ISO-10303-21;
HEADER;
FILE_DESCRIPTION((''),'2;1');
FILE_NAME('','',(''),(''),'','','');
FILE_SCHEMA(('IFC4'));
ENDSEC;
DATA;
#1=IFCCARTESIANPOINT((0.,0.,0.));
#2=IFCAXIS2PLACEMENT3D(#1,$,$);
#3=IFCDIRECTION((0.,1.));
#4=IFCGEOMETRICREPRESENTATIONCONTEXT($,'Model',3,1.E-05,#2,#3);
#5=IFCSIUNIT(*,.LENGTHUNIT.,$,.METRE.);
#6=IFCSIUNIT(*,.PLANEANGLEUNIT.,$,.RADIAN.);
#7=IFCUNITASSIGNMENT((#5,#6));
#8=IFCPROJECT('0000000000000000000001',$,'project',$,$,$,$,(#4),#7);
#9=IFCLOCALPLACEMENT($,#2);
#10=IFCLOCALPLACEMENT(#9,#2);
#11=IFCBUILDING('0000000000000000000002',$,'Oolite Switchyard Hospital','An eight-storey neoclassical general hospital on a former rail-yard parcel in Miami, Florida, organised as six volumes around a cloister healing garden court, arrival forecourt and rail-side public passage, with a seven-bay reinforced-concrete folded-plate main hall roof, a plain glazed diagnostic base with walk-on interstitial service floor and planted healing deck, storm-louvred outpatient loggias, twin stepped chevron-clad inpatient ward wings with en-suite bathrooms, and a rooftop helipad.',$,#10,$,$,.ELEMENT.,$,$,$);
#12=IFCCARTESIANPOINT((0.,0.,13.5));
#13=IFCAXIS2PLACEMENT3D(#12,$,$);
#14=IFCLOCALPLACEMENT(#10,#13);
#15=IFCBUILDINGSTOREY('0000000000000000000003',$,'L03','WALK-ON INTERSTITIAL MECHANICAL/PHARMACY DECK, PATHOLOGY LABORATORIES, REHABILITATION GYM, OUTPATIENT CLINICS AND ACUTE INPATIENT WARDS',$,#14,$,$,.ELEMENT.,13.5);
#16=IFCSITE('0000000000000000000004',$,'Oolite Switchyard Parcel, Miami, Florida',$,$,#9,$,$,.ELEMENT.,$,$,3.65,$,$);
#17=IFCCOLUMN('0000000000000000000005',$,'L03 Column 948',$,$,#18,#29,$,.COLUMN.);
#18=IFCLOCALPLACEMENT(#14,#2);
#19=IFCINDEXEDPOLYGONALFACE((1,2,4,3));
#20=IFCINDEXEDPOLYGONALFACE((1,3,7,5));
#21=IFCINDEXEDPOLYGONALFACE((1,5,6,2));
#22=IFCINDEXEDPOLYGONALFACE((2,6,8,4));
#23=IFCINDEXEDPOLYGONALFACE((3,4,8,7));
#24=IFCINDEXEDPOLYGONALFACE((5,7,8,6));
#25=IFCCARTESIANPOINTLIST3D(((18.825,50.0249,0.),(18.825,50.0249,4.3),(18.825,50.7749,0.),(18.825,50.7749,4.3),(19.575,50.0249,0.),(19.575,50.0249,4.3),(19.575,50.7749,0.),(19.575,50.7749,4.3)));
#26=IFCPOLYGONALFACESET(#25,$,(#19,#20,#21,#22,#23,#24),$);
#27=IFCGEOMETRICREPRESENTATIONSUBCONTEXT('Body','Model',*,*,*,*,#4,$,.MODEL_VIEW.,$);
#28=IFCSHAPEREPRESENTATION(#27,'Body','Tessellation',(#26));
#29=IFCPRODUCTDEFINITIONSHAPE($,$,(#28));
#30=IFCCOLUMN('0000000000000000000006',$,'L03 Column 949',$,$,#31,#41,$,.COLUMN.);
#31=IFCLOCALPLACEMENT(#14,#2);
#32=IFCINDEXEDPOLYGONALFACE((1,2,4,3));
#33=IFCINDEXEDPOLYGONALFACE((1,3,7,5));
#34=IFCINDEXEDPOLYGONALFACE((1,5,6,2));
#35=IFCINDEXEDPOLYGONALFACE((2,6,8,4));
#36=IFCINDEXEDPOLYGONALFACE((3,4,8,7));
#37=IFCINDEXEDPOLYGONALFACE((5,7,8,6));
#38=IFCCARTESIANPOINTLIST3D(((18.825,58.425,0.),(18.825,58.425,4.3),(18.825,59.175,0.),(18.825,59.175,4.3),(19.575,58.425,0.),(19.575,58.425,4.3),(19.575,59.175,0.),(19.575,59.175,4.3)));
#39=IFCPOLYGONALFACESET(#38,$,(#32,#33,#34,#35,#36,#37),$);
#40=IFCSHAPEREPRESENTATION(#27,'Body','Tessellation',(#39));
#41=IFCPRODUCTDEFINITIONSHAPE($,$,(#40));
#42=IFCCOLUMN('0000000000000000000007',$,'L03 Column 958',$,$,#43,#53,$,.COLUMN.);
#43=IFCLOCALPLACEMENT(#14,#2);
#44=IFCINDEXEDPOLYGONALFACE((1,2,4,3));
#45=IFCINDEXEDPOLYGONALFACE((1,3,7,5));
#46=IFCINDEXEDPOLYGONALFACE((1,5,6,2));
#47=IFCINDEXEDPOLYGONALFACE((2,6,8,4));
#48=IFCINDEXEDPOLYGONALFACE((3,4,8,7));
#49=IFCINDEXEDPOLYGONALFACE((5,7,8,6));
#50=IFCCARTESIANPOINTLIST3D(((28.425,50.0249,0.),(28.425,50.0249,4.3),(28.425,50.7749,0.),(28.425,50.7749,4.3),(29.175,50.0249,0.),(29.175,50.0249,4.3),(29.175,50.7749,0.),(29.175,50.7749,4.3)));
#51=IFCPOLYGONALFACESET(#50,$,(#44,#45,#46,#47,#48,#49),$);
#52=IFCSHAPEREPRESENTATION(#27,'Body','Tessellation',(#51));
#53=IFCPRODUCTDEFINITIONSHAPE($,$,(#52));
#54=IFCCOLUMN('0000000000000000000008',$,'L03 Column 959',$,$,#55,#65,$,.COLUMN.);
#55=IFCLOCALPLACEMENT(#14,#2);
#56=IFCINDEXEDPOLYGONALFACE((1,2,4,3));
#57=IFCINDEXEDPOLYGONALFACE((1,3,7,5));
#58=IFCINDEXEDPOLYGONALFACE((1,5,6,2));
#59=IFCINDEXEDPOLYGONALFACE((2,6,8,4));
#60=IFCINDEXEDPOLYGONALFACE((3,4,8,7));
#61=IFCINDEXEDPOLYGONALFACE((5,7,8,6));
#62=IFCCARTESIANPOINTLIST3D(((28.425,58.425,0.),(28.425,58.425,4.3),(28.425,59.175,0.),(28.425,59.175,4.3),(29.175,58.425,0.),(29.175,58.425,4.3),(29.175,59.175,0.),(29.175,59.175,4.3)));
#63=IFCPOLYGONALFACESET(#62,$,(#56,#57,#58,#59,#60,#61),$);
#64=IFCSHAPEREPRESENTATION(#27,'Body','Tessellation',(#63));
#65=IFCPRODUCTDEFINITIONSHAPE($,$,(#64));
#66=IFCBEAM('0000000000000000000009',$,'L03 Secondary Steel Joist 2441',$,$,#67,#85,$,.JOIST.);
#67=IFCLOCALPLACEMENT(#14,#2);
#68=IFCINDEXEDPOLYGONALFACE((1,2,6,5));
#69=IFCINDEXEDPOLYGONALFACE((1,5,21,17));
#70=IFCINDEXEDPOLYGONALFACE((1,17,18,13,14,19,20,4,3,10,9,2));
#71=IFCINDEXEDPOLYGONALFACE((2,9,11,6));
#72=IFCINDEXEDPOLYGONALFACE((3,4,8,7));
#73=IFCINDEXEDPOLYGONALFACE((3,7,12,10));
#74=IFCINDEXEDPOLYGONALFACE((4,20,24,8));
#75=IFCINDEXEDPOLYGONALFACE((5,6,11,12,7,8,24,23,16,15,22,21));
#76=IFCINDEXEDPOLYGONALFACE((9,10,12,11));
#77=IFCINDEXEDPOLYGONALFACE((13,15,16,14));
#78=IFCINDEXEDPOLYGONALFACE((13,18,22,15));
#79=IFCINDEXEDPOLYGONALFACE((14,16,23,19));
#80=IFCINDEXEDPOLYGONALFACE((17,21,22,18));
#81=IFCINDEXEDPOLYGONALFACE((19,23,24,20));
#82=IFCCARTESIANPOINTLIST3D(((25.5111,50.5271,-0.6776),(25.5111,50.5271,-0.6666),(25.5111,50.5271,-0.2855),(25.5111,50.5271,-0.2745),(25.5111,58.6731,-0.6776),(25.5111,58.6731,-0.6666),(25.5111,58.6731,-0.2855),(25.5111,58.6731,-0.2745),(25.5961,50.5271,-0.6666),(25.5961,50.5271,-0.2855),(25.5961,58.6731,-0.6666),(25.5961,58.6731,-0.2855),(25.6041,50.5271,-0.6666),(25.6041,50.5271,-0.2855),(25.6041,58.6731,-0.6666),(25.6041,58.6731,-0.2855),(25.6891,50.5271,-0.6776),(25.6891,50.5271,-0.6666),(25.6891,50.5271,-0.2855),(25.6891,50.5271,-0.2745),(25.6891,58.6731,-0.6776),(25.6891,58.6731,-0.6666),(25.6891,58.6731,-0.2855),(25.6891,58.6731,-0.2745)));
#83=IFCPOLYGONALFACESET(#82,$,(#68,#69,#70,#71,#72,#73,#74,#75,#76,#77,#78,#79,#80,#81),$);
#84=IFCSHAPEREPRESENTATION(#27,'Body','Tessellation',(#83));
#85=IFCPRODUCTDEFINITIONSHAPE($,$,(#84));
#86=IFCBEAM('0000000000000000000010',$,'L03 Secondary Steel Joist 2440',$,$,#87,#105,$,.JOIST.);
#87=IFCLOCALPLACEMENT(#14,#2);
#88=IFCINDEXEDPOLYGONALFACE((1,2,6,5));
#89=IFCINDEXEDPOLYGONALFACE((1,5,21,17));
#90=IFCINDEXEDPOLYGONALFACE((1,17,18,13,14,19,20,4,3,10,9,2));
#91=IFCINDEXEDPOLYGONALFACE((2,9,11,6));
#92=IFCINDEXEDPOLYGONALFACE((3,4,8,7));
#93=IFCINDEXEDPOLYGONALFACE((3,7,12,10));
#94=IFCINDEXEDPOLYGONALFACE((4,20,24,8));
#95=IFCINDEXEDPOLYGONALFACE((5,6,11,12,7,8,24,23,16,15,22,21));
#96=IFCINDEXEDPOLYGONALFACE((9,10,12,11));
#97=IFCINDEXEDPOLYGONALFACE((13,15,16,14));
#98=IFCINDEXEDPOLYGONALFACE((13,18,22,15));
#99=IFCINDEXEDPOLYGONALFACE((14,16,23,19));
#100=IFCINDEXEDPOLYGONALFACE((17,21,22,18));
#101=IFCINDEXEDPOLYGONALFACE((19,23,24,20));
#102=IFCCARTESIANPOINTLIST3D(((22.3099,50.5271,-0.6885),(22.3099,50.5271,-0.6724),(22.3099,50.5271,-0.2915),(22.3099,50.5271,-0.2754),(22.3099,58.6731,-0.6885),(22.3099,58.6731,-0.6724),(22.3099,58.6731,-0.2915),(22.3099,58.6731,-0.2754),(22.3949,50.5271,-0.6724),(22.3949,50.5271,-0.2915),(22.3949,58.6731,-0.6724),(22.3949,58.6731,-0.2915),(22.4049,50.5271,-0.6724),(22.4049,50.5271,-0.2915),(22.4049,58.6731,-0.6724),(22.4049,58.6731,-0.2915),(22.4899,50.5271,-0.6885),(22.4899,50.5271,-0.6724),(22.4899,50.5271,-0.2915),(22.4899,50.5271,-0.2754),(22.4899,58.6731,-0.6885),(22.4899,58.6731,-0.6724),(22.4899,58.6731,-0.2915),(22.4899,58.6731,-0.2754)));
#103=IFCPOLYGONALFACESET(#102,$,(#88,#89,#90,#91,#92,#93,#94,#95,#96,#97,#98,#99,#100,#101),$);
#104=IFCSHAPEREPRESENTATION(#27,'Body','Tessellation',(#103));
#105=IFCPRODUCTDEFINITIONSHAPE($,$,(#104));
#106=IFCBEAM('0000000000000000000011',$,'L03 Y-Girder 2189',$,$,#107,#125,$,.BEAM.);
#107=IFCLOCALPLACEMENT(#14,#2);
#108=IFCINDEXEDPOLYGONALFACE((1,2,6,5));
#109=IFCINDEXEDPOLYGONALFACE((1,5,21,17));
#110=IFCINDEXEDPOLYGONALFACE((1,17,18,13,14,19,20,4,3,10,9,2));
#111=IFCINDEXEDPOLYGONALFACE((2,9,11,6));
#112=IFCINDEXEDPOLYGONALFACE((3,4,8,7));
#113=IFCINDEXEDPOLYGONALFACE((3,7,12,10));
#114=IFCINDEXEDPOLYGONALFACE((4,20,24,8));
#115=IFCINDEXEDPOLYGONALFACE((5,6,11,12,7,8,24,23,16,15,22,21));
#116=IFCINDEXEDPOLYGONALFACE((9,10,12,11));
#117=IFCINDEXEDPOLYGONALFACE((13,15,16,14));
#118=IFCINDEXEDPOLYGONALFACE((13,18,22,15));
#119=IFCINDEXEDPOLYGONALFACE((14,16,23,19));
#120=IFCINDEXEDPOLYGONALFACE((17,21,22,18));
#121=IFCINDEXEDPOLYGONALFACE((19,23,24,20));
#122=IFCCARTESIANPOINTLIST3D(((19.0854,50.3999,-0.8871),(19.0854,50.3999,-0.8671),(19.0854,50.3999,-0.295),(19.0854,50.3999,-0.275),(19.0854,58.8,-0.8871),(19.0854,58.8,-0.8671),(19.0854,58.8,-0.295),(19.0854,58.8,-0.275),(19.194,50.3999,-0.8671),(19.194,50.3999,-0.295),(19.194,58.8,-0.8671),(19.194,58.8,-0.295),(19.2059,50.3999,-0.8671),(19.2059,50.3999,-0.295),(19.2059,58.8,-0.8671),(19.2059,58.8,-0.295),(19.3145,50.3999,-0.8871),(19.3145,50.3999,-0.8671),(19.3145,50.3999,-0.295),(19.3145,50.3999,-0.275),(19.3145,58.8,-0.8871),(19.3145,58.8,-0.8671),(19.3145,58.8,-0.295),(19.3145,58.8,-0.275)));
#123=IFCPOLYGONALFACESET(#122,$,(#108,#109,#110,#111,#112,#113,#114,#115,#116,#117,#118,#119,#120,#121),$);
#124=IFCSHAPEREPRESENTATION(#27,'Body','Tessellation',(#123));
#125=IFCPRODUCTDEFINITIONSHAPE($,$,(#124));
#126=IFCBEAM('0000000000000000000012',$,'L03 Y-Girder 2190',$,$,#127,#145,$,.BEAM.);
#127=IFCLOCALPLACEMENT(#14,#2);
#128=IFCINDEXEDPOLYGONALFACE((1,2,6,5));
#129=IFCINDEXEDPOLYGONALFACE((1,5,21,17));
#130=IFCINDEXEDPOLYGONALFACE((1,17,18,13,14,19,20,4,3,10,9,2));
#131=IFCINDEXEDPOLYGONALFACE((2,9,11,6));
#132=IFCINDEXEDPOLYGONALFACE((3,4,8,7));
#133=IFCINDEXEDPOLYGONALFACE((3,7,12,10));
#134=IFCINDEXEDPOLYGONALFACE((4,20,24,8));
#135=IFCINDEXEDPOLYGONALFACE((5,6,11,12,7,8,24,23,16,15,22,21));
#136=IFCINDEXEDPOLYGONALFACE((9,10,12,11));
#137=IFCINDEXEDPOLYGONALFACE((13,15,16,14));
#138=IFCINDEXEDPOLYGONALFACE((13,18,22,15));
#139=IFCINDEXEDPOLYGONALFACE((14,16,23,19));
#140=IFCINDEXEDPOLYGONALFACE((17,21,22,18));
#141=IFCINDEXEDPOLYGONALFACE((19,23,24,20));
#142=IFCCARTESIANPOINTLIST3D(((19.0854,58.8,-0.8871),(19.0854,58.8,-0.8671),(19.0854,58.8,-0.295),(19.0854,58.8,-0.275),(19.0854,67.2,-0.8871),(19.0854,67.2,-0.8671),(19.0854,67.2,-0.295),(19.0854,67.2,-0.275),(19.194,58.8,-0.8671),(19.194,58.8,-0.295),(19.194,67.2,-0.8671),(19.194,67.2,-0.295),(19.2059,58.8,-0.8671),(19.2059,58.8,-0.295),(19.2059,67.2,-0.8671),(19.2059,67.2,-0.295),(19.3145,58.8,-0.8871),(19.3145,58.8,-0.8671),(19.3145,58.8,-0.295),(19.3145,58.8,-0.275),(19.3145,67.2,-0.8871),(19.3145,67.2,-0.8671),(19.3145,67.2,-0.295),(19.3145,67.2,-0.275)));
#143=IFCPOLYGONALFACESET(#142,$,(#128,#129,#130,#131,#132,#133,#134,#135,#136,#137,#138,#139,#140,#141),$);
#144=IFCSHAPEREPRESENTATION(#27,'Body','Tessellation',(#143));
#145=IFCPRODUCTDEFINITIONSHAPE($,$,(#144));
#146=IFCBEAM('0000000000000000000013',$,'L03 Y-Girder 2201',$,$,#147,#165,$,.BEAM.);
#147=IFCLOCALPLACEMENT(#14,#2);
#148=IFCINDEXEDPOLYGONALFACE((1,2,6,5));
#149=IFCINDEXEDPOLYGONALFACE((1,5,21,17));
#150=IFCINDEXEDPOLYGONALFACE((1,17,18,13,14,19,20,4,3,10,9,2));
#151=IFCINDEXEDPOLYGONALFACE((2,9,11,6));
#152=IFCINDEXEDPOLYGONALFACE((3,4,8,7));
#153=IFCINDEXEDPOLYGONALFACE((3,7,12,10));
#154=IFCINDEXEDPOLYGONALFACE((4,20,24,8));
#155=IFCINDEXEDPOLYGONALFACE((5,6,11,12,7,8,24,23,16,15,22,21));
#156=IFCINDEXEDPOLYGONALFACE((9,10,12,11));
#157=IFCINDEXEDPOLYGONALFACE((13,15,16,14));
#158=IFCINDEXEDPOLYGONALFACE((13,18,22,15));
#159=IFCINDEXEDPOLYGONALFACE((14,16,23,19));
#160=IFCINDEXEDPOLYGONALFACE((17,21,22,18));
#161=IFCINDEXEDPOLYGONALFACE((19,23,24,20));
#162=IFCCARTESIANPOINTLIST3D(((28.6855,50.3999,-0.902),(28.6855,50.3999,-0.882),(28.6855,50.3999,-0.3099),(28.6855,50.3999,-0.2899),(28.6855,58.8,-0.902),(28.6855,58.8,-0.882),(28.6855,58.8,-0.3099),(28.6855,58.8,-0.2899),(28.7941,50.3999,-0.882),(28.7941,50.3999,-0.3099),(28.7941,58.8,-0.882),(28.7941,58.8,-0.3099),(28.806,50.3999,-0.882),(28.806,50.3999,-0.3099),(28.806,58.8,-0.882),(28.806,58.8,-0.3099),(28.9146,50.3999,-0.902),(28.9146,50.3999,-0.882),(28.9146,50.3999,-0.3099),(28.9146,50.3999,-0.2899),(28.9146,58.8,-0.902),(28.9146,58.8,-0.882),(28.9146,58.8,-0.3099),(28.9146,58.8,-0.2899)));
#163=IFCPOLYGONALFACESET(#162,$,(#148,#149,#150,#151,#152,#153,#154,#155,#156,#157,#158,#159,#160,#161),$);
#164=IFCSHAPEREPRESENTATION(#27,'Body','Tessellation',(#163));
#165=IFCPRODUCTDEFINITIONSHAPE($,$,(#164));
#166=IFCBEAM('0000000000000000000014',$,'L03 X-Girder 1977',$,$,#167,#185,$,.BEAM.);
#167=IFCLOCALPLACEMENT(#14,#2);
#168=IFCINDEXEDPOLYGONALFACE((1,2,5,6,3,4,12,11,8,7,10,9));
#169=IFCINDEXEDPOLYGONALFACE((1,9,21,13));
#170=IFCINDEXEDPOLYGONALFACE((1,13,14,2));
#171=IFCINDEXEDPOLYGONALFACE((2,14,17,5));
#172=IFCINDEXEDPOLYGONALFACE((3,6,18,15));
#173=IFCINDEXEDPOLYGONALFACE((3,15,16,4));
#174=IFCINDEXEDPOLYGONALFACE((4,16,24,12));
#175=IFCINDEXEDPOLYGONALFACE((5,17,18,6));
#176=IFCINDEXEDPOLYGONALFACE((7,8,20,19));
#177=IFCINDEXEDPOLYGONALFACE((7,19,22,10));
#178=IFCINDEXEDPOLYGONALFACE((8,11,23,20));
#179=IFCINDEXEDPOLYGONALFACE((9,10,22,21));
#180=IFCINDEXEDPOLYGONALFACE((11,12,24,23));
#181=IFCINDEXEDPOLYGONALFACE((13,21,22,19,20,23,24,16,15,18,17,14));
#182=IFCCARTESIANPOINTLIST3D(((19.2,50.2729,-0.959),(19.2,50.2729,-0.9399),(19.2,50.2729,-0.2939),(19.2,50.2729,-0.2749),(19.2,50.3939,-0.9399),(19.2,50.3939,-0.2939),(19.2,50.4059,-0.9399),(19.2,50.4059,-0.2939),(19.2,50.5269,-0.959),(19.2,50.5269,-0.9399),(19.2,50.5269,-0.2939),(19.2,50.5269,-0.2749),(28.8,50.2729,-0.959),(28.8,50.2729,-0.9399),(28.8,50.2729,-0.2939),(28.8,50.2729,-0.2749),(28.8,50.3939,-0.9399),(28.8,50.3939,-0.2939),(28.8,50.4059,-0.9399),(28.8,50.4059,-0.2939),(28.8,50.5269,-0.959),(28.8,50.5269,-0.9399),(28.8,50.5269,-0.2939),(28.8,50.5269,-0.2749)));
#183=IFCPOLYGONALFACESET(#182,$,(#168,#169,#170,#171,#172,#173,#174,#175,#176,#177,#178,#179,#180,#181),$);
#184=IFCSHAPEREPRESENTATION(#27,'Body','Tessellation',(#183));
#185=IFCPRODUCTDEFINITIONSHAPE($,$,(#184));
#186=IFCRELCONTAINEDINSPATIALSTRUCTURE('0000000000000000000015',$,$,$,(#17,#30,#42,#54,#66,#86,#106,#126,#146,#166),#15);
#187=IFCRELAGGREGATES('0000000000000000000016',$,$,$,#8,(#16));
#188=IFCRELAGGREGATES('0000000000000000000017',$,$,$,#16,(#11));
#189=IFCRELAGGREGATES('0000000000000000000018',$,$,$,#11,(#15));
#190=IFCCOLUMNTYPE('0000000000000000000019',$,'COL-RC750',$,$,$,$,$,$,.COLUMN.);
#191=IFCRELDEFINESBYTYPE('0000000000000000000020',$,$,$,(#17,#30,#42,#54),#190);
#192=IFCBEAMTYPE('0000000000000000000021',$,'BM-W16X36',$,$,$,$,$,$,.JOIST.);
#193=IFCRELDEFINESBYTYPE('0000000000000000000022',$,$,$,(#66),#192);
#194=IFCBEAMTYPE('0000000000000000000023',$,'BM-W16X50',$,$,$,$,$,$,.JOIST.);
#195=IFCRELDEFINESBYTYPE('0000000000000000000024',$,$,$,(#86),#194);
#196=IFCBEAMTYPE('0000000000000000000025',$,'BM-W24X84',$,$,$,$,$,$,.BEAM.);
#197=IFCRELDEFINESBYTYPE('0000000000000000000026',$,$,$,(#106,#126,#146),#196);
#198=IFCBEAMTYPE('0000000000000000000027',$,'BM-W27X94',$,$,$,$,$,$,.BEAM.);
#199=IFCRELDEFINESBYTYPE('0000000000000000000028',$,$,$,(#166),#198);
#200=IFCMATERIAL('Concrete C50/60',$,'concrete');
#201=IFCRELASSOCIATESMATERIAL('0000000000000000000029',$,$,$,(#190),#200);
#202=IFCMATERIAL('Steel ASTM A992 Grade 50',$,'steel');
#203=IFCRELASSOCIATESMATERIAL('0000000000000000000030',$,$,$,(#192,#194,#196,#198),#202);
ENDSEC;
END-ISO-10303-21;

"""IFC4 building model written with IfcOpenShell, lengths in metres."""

from ifc_helpers import new_model, si_unit, direction, frame, origin, origin_2d, place, context, subcontext, project, spatial, rectangle, i_section, extrude, material, material_profile, profile_set, type_object, element, save


model = new_model("IFC4")

# Units and contexts
model_context = context("Model", 3, precision=1e-05, world=origin(), true_north=direction((0.0, 1.0)))
body_context = subcontext(model_context, "Body", "Model", "MODEL_VIEW")
ifc_project = project(units=[si_unit("LENGTHUNIT", "METRE"), si_unit("PLANEANGLEUNIT", "RADIAN")], contexts=[model_context])

# Site, building, storey
site_placement = place(None, origin())
site = spatial("IfcSite", under=ifc_project, at=site_placement, Name="Oolite Switchyard Parcel, Miami, Florida", CompositionType="ELEMENT", RefElevation=3.65)
building_placement = place(site_placement, origin())
building = spatial("IfcBuilding", under=site, at=building_placement, Name="Oolite Switchyard Hospital", Description="An eight-storey neoclassical general hospital on a former rail-yard parcel in Miami, Florida, organised as six volumes around a cloister healing garden court, arrival forecourt and rail-side public passage, with a seven-bay reinforced-concrete folded-plate main hall roof, a plain glazed diagnostic base with walk-on interstitial service floor and planted healing deck, storm-louvred outpatient loggias, twin stepped chevron-clad inpatient ward wings with en-suite bathrooms, and a rooftop helipad.", CompositionType="ELEMENT")
storey_placement = place(building_placement, frame((0.0, 0.0, 13.5)))
storey = spatial("IfcBuildingStorey", under=building, at=storey_placement, Name="L03", Description="WALK-ON INTERSTITIAL MECHANICAL/PHARMACY DECK, PATHOLOGY LABORATORIES, REHABILITATION GYM, OUTPATIENT CLINICS AND ACUTE INPATIENT WARDS", CompositionType="ELEMENT", Elevation=13.5)

# Columns
ifc_material_1 = material(Name="Concrete C50/60", Category="concrete")
ifc_material_profile_1 = material_profile(ifc_material_1, rectangle(XDim=0.75, YDim=0.75, at=origin_2d()), Name="RC750X750")
ifc_profile_set_1 = profile_set([ifc_material_profile_1], Name="Concrete C50/60")
column_type = type_object("IfcColumnType", Name="COL-RC750", PredefinedType="COLUMN", material=ifc_profile_set_1)
for number, where, z_axis, x_axis, name in (
    (1, (19.2, 50.3999, 0.0), (0.0, 0.0, 1.0), (1.0, 0.0, 0.0), "L03 Column 948"),
    (2, (19.2, 58.8, 0.0), (0.0, 0.0, 1.0), (1.0, 0.0, 0.0), "L03 Column 949"),
    (3, (28.8, 50.3999, 0.0), (0.0, 0.0, 1.0), (1.0, 0.0, 0.0), "L03 Column 958"),
    (4, (28.8, 58.8, 0.0), (0.0, 0.0, 1.0), (1.0, 0.0, 0.0), "L03 Column 959"),
):
    element("IfcColumn", number, at=place(storey_placement, frame(where, z_axis=z_axis, x_axis=x_axis)), inside=storey, type_object=column_type, Name=name, PredefinedType="COLUMN", context=body_context, shape_type="SweptSolid", body=[
        extrude(rectangle(XDim=0.75, YDim=0.75, at=origin_2d()), origin(), (0.0, 0.0, 1.0), 4.3),
    ])

# Beams
ifc_material_2 = material(Name="Steel ASTM A992 Grade 50", Category="steel")
ifc_material_profile_2 = material_profile(ifc_material_2, i_section(OverallWidth=0.178, OverallDepth=0.4031, WebThickness=0.0081, FlangeThickness=0.011, at=origin_2d()), Name="W16X36")
ifc_profile_set_2 = profile_set([ifc_material_profile_2], Name="Steel ASTM A992 Grade 50")
beam_type_1 = type_object("IfcBeamType", Name="BM-W16X36", PredefinedType="JOIST", material=ifc_profile_set_2)
beam_1_placement = place(storey_placement, frame((25.6001, 50.5271, -0.4761), z_axis=(0.0, 1.0, 0.0), x_axis=(-1.0, 0.0, 0.0)))
element("IfcBeam", 5, at=beam_1_placement, inside=storey, type_object=beam_type_1, Name="L03 Secondary Steel Joist 2441", PredefinedType="JOIST", context=body_context, shape_type="SweptSolid", body=[
    extrude(i_section(OverallWidth=0.178, OverallDepth=0.4031, WebThickness=0.0081, FlangeThickness=0.011, at=origin_2d()), origin(), (0.0, 0.0, 1.0), 8.146),
])
ifc_material_profile_3 = material_profile(ifc_material_2, i_section(OverallWidth=0.1799, OverallDepth=0.4131, WebThickness=0.01, FlangeThickness=0.0161, at=origin_2d()), Name="W16X50")
ifc_profile_set_3 = profile_set([ifc_material_profile_3], Name="Steel ASTM A992 Grade 50")
beam_type_2 = type_object("IfcBeamType", Name="BM-W16X50", PredefinedType="JOIST", material=ifc_profile_set_3)
beam_2_placement = place(storey_placement, frame((22.3999, 50.5271, -0.4819), z_axis=(0.0, 1.0, 0.0), x_axis=(-1.0, 0.0, 0.0)))
element("IfcBeam", 6, at=beam_2_placement, inside=storey, type_object=beam_type_2, Name="L03 Secondary Steel Joist 2440", PredefinedType="JOIST", context=body_context, shape_type="SweptSolid", body=[
    extrude(i_section(OverallWidth=0.1799, OverallDepth=0.4131, WebThickness=0.01, FlangeThickness=0.0161, at=origin_2d()), origin(), (0.0, 0.0, 1.0), 8.146),
])
ifc_material_profile_4 = material_profile(ifc_material_2, i_section(OverallWidth=0.229, OverallDepth=0.6121, WebThickness=0.012, FlangeThickness=0.02, at=origin_2d()), Name="W24X84")
ifc_profile_set_4 = profile_set([ifc_material_profile_4], Name="Steel ASTM A992 Grade 50")
beam_type_3 = type_object("IfcBeamType", Name="BM-W24X84", PredefinedType="BEAM", material=ifc_profile_set_4)
beam_3_placement = place(storey_placement, frame((19.2, 50.3999, -0.5811), z_axis=(0.0, 1.0, 0.0), x_axis=(-1.0, 0.0, 0.0)))
element("IfcBeam", 7, at=beam_3_placement, inside=storey, type_object=beam_type_3, Name="L03 Y-Girder 2189", PredefinedType="BEAM", context=body_context, shape_type="SweptSolid", body=[
    extrude(i_section(OverallWidth=0.229, OverallDepth=0.6121, WebThickness=0.012, FlangeThickness=0.02, at=origin_2d()), origin(), (0.0, 0.0, 1.0), 8.4001),
])
beam_4_placement = place(storey_placement, frame((19.2, 58.8, -0.5811), z_axis=(0.0, 1.0, 0.0), x_axis=(-1.0, 0.0, 0.0)))
element("IfcBeam", 8, at=beam_4_placement, inside=storey, type_object=beam_type_3, Name="L03 Y-Girder 2190", PredefinedType="BEAM", context=body_context, shape_type="SweptSolid", body=[
    extrude(i_section(OverallWidth=0.229, OverallDepth=0.6121, WebThickness=0.012, FlangeThickness=0.02, at=origin_2d()), origin(), (0.0, 0.0, 1.0), 8.3999),
])
beam_5_placement = place(storey_placement, frame((28.8, 50.3999, -0.5959), z_axis=(0.0, 1.0, 0.0), x_axis=(-1.0, 0.0, 0.0)))
element("IfcBeam", 9, at=beam_5_placement, inside=storey, type_object=beam_type_3, Name="L03 Y-Girder 2201", PredefinedType="BEAM", context=body_context, shape_type="SweptSolid", body=[
    extrude(i_section(OverallWidth=0.229, OverallDepth=0.6121, WebThickness=0.012, FlangeThickness=0.02, at=origin_2d()), origin(), (0.0, 0.0, 1.0), 8.4001),
])
ifc_material_profile_5 = material_profile(ifc_material_2, i_section(OverallWidth=0.2539, OverallDepth=0.6841, WebThickness=0.012, FlangeThickness=0.019, at=origin_2d()), Name="W27X94")
ifc_profile_set_5 = profile_set([ifc_material_profile_5], Name="Steel ASTM A992 Grade 50")
beam_type_4 = type_object("IfcBeamType", Name="BM-W27X94", PredefinedType="BEAM", material=ifc_profile_set_5)
beam_6_placement = place(storey_placement, frame((19.2, 50.3999, -0.6169), z_axis=(1.0, 0.0, 0.0), x_axis=(0.0, 1.0, 0.0)))
element("IfcBeam", 10, at=beam_6_placement, inside=storey, type_object=beam_type_4, Name="L03 X-Girder 1977", PredefinedType="BEAM", context=body_context, shape_type="SweptSolid", body=[
    extrude(i_section(OverallWidth=0.2539, OverallDepth=0.6841, WebThickness=0.012, FlangeThickness=0.019, at=origin_2d()), origin(), (0.0, 0.0, 1.0), 9.6001),
])

save(model, "model.ifc")
